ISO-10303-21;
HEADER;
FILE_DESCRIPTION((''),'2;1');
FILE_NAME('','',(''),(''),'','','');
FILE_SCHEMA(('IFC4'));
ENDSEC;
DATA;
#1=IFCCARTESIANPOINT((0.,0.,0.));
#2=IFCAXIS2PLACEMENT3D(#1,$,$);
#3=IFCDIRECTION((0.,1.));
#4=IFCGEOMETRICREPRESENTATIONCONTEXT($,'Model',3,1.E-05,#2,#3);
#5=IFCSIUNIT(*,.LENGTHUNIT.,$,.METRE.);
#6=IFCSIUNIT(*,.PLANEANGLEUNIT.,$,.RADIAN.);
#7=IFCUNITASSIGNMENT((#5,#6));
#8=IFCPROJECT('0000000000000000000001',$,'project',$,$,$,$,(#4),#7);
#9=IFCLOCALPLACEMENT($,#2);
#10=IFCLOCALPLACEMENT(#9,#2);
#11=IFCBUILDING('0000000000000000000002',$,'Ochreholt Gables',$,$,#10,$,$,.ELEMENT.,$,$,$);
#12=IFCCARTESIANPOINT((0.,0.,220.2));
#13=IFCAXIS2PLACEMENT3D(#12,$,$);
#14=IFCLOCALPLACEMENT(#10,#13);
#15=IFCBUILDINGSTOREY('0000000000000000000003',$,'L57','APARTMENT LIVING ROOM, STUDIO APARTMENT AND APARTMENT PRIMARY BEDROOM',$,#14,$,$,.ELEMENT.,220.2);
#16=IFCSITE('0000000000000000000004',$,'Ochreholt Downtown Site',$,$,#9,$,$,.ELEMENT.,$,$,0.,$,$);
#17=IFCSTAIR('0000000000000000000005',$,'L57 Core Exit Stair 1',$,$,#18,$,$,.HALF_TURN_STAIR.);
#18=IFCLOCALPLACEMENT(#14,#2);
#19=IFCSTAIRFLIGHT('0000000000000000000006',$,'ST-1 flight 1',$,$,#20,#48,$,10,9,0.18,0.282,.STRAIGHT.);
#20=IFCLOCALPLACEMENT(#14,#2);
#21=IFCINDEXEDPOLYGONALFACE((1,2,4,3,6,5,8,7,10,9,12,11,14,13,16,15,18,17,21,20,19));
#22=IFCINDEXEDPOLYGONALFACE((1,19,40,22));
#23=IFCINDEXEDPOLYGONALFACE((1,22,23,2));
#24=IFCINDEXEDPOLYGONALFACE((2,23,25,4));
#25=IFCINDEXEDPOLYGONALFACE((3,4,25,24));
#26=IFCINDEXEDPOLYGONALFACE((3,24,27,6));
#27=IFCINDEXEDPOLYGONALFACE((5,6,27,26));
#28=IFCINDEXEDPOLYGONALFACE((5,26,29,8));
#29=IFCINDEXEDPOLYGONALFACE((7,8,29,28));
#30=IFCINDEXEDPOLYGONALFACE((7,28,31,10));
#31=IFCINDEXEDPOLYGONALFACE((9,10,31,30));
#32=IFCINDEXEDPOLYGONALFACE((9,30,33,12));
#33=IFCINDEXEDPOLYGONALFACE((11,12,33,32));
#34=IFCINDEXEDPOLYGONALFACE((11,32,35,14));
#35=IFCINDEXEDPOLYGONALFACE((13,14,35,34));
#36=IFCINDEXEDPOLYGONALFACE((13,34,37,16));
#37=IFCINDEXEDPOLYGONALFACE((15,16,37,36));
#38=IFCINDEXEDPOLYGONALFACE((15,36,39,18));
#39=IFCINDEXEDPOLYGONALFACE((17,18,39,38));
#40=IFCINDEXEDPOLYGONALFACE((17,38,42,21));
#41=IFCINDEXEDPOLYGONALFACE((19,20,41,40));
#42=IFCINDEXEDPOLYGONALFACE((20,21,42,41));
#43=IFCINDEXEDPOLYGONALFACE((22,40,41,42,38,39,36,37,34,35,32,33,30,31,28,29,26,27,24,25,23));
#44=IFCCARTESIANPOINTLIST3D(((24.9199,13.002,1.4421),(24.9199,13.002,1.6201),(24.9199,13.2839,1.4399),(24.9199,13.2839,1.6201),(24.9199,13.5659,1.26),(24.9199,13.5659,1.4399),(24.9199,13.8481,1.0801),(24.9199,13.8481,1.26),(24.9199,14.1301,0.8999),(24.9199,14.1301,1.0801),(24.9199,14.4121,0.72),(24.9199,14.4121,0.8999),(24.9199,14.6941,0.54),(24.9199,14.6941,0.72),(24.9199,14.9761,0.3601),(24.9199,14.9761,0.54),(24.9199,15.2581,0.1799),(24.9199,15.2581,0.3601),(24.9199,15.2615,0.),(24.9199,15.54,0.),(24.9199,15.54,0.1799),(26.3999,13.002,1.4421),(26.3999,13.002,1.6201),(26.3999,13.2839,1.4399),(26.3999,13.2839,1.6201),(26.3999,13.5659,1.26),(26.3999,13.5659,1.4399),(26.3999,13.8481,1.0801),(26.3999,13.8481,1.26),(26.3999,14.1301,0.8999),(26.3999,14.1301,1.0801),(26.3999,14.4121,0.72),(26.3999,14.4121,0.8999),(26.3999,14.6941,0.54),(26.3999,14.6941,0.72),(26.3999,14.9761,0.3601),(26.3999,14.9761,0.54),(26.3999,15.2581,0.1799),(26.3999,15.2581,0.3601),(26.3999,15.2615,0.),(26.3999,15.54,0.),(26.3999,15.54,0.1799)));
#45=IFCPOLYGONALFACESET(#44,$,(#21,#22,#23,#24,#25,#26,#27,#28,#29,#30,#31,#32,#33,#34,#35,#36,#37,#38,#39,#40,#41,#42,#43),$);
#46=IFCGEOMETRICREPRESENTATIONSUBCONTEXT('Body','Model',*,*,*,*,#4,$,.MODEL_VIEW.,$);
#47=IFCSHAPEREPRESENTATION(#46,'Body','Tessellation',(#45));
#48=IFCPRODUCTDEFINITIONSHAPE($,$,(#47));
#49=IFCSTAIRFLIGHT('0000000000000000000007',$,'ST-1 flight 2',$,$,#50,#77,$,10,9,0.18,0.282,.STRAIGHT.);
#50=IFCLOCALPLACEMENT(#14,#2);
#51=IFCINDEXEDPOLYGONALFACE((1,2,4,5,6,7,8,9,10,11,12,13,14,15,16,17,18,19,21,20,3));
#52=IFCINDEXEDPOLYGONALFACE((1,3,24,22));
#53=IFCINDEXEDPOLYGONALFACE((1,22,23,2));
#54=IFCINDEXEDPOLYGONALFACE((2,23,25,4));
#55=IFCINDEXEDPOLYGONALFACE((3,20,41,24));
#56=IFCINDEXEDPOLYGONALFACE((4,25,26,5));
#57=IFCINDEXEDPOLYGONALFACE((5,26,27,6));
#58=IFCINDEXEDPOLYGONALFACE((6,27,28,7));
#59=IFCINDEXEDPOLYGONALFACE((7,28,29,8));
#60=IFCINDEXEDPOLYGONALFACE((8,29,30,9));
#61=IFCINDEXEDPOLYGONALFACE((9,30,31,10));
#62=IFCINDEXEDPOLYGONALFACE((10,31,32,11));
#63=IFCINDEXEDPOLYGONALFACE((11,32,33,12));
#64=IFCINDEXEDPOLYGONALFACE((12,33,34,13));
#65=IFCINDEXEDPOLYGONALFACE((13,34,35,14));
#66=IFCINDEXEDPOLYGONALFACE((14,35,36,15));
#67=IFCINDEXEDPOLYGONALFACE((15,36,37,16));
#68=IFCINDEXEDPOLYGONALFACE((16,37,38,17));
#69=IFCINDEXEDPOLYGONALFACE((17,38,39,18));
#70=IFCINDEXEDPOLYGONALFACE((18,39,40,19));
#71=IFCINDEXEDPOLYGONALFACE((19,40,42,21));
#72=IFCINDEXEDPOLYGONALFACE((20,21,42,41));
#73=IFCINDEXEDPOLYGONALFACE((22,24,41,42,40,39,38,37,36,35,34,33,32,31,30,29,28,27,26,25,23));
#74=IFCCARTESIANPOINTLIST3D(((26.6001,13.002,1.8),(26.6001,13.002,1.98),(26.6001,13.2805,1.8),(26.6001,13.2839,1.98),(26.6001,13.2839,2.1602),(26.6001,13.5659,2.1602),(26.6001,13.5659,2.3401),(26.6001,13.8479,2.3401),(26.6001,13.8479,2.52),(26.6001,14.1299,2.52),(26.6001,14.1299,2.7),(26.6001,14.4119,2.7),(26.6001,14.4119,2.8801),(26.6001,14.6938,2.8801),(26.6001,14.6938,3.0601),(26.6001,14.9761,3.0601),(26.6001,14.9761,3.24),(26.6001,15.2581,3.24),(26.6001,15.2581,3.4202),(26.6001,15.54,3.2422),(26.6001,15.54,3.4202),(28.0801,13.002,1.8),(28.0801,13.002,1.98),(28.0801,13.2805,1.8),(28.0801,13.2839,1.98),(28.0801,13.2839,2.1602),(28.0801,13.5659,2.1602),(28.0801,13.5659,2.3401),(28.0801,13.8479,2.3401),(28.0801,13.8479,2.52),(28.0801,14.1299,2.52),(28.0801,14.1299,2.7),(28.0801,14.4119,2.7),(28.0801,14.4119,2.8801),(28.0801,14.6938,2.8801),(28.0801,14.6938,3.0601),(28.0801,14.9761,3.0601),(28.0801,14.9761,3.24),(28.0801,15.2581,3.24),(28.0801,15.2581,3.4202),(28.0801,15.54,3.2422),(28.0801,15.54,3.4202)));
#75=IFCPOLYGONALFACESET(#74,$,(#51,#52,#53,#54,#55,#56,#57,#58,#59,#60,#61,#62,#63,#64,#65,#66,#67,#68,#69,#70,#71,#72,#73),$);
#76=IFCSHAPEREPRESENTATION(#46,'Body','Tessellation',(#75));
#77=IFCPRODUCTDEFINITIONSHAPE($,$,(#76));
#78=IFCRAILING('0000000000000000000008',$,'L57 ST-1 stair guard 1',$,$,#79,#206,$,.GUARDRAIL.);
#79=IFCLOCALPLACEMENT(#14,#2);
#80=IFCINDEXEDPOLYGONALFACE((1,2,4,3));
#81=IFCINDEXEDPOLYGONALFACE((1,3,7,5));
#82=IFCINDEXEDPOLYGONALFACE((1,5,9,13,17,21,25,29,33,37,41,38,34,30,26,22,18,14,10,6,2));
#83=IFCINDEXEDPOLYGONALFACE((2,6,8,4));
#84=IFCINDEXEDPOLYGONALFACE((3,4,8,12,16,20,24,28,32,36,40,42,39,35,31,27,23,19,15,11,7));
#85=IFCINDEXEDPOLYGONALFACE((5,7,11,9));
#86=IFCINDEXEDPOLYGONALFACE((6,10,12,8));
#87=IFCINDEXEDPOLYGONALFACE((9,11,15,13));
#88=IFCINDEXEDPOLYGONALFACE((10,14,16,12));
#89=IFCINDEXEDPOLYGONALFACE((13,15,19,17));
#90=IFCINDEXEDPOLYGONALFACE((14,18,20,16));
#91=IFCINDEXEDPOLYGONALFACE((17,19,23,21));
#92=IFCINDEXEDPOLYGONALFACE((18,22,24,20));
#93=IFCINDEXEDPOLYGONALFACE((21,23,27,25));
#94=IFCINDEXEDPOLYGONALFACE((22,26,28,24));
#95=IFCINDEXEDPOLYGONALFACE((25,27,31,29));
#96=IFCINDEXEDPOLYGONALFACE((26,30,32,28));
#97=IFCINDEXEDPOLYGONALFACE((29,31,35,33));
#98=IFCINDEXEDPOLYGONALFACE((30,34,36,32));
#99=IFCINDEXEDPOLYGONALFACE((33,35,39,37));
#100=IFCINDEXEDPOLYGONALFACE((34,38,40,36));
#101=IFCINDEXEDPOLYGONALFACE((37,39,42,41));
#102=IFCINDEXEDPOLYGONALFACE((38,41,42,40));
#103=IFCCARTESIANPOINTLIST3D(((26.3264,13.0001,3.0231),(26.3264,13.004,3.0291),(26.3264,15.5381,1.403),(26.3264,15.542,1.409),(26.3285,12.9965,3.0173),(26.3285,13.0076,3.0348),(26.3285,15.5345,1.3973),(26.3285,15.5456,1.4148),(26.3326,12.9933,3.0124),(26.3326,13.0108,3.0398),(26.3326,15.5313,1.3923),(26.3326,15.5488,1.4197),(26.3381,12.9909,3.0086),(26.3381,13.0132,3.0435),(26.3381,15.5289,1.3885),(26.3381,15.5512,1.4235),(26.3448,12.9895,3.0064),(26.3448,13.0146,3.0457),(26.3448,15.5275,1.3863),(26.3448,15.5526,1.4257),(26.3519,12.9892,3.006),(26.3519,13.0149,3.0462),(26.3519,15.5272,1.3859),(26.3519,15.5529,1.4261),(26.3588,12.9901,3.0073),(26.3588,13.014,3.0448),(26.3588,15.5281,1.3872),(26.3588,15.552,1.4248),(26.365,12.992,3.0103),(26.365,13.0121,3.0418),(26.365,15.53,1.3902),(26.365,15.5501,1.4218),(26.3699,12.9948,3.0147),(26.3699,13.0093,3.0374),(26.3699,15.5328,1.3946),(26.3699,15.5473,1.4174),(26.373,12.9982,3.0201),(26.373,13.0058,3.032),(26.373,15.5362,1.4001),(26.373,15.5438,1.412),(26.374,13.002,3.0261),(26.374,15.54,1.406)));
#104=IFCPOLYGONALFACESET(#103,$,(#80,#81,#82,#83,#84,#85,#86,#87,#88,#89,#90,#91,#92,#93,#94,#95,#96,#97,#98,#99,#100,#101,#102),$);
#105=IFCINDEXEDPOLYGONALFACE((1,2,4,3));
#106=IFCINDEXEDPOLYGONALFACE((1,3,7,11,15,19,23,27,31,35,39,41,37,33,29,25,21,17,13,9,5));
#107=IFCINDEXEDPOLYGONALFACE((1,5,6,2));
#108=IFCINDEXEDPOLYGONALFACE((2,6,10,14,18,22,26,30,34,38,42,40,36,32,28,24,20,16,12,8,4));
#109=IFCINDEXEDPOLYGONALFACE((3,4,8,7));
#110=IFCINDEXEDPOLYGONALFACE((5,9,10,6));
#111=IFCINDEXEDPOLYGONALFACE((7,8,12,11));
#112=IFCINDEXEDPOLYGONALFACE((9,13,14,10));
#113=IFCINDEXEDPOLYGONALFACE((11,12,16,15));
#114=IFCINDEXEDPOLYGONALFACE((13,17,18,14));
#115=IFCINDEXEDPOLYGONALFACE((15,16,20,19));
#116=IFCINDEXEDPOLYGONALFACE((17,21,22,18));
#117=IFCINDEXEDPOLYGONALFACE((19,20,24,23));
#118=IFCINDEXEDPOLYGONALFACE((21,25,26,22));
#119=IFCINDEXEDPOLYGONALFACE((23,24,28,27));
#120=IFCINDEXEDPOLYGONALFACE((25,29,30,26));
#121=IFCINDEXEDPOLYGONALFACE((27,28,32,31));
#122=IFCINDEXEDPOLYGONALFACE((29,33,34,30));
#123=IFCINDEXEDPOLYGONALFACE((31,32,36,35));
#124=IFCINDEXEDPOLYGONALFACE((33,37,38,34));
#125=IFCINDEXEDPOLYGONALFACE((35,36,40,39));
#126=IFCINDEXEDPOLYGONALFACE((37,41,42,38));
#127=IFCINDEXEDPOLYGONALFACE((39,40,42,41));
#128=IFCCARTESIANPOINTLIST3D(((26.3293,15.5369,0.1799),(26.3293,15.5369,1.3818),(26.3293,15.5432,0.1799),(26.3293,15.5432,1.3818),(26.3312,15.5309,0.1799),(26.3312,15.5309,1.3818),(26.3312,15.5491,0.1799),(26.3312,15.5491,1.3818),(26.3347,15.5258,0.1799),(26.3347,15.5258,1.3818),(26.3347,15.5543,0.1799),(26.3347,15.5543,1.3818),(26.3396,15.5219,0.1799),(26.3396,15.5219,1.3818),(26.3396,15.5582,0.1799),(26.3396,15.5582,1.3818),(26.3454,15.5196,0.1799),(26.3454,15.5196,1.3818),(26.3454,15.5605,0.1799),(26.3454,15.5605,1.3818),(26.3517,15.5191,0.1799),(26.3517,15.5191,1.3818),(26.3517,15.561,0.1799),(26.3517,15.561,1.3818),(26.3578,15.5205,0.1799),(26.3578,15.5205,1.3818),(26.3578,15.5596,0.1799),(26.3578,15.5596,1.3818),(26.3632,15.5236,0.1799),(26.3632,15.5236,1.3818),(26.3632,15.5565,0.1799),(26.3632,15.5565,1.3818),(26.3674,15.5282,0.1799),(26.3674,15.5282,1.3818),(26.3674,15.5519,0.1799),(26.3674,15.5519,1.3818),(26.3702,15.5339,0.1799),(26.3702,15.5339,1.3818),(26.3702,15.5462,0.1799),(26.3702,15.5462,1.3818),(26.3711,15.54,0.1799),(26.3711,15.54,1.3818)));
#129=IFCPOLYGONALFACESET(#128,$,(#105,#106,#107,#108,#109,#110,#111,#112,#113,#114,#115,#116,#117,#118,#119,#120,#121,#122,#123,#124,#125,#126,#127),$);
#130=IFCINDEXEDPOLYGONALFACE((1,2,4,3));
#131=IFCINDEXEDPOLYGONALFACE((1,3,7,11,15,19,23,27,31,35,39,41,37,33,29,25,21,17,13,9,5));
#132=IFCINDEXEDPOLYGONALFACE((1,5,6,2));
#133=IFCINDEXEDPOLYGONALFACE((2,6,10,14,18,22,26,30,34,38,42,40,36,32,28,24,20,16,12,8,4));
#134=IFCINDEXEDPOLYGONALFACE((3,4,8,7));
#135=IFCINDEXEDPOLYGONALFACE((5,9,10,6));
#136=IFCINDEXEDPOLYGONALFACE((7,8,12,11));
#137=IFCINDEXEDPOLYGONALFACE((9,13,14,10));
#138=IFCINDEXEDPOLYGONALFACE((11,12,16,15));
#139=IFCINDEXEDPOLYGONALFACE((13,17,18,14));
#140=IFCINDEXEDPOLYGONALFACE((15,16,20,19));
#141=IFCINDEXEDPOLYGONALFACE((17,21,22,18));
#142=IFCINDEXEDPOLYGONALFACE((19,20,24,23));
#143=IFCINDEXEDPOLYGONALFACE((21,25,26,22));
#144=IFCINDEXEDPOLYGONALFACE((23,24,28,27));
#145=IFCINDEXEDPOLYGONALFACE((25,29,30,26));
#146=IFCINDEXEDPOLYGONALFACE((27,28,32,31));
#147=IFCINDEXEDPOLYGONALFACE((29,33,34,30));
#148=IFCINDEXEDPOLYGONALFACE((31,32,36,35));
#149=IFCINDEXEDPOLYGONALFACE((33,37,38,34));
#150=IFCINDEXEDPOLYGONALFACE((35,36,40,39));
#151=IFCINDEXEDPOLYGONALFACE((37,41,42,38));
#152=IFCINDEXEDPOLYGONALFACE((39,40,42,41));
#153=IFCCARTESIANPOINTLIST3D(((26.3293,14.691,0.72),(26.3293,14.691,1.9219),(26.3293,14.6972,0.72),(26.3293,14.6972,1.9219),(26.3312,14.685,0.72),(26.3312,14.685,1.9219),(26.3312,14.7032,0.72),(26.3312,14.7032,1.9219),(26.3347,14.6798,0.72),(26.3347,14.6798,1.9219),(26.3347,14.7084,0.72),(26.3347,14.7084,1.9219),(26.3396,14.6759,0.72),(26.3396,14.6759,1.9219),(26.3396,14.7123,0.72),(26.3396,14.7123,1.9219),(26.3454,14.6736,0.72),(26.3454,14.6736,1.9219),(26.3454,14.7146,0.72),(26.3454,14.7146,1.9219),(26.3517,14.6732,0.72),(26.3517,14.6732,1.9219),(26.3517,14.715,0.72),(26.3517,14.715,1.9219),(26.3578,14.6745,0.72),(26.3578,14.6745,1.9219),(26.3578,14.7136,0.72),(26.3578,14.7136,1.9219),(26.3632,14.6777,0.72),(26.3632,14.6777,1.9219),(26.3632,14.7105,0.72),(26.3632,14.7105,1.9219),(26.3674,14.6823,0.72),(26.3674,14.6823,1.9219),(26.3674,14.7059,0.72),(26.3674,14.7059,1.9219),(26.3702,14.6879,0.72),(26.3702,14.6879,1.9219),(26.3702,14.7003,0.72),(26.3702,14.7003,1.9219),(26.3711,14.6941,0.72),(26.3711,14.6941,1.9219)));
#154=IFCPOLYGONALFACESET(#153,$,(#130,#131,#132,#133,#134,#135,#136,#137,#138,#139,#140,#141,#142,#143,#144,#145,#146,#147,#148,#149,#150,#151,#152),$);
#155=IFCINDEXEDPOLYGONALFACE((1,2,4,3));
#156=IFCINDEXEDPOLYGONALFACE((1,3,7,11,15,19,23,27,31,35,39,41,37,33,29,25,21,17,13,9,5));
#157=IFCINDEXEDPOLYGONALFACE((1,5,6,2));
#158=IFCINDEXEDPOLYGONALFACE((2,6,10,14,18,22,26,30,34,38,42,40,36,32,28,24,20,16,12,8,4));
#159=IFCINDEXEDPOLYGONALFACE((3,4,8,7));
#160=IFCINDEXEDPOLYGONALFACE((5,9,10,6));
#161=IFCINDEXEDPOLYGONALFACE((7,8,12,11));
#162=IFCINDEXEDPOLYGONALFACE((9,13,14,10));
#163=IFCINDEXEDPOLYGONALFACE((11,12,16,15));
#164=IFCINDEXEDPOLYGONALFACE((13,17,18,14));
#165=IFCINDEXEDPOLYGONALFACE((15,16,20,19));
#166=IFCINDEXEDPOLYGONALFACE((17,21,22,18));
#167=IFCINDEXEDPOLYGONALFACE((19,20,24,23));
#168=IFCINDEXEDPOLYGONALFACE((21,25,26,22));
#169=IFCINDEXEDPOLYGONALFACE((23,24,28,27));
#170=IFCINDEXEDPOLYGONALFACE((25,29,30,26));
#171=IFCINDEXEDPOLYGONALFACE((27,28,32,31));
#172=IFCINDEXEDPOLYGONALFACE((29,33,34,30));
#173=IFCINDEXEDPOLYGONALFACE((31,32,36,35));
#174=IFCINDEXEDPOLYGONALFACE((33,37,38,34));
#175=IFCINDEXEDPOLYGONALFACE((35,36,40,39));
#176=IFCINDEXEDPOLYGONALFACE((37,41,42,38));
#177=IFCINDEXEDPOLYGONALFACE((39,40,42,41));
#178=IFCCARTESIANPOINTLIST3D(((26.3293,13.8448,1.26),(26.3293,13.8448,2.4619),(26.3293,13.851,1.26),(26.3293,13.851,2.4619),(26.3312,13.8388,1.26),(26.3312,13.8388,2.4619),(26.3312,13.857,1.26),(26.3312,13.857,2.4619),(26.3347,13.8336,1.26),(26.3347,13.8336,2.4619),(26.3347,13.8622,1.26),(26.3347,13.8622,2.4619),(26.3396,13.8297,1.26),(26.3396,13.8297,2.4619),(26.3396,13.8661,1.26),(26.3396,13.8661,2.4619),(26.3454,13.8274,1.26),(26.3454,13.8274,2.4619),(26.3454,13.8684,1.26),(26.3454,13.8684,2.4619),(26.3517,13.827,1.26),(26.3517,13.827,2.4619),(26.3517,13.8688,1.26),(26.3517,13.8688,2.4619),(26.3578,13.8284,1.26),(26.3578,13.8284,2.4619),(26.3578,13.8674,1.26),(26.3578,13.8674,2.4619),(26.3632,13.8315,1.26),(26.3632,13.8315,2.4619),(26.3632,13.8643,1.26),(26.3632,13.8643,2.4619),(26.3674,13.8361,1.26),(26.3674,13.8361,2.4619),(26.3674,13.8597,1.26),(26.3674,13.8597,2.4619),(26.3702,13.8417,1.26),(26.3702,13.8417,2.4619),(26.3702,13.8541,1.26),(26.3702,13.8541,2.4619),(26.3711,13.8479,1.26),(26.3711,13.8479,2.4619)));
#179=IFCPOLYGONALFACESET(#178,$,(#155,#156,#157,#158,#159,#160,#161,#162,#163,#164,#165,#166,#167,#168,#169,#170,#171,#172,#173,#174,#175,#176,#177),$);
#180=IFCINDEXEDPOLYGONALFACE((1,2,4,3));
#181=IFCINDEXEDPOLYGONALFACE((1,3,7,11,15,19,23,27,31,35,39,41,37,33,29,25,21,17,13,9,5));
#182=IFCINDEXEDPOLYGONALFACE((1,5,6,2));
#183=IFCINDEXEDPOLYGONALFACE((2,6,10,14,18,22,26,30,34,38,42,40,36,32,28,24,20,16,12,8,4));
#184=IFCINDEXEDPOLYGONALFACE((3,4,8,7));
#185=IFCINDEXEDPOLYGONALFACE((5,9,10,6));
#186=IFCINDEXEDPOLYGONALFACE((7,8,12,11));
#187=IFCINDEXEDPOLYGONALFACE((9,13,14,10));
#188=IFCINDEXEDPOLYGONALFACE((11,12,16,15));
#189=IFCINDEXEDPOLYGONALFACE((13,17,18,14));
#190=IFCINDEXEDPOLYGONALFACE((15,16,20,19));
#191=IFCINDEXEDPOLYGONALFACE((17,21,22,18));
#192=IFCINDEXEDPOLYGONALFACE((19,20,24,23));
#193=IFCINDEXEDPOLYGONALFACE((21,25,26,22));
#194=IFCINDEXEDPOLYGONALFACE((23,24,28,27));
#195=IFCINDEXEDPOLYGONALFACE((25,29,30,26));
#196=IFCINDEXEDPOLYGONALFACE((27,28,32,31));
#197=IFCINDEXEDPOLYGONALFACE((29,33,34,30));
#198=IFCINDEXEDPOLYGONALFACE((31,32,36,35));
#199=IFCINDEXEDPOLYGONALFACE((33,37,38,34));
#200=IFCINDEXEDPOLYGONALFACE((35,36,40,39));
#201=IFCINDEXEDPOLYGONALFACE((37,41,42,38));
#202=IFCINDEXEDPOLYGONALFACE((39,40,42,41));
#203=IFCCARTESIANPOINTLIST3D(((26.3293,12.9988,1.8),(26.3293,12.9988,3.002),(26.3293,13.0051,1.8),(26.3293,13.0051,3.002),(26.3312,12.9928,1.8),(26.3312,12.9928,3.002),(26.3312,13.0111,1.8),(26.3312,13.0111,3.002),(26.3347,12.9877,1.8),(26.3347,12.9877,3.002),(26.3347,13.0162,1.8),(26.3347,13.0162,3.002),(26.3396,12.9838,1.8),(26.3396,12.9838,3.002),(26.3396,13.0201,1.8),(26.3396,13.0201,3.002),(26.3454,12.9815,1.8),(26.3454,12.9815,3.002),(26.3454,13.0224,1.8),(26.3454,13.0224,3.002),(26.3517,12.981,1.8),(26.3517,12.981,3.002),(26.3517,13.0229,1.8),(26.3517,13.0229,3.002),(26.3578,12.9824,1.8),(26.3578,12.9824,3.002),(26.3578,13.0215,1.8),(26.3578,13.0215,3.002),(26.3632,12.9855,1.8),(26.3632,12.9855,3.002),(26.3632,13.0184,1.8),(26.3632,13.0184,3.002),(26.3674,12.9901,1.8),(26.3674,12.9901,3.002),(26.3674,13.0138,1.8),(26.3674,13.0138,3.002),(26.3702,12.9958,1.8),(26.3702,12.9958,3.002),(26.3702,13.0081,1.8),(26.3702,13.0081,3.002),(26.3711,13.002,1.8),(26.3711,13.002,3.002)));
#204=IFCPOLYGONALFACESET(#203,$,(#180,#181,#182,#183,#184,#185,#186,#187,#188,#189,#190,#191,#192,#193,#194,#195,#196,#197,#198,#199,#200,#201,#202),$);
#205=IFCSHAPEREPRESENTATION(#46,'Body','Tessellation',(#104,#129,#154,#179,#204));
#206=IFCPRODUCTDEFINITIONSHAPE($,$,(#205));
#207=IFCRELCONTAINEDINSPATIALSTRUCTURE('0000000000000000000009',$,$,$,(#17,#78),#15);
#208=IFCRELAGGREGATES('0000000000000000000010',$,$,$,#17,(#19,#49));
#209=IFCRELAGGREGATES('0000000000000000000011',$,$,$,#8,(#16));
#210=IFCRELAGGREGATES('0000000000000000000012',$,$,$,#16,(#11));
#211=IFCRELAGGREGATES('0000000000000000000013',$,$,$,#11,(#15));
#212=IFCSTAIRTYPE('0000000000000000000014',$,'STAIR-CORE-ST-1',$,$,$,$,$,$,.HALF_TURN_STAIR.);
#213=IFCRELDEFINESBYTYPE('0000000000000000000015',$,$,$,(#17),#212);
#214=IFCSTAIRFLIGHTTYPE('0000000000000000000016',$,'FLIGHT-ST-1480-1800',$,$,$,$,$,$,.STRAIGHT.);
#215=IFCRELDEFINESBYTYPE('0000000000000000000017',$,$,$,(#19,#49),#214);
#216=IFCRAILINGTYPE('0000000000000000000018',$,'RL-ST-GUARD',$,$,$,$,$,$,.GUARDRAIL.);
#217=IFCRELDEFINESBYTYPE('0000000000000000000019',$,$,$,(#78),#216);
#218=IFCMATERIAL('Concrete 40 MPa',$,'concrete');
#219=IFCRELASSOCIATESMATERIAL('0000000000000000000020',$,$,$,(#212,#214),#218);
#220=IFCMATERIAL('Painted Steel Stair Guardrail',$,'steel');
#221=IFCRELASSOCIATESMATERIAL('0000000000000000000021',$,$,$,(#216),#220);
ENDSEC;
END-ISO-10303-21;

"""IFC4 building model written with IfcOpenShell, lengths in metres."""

from ifc_helpers import new_model, si_unit, direction, frame, origin, origin_2d, place, context, subcontext, project, spatial, polyline, circle, outline, extrude, material, type_object, element, aggregate, save


model = new_model("IFC4")

# Units and contexts
model_context = context("Model", 3, precision=1e-05, world=origin(), true_north=direction((0.0, 1.0)))
body_context = subcontext(model_context, "Body", "Model", "MODEL_VIEW")
ifc_project = project(units=[si_unit("LENGTHUNIT", "METRE"), si_unit("PLANEANGLEUNIT", "RADIAN")], contexts=[model_context])

# Site, building, storey
site_placement = place(None, origin())
site = spatial("IfcSite", under=ifc_project, at=site_placement, Name="Ochreholt Downtown Site", CompositionType="ELEMENT", RefElevation=0.0)
building_placement = place(site_placement, origin())
building = spatial("IfcBuilding", under=site, at=building_placement, Name="Ochreholt Gables", CompositionType="ELEMENT")
storey_placement = place(building_placement, frame((0.0, 0.0, 220.2)))
storey = spatial("IfcBuildingStorey", under=building, at=storey_placement, Name="L57", Description="APARTMENT LIVING ROOM, STUDIO APARTMENT AND APARTMENT PRIMARY BEDROOM", CompositionType="ELEMENT", Elevation=220.2)

# Shared definitions
ifc_material_1 = material(Name="Concrete 40 MPa", Category="concrete")

# Stair, stair flights
stair_type = type_object("IfcStairType", Name="STAIR-CORE-ST-1", PredefinedType="HALF_TURN_STAIR", material=ifc_material_1)
stair_placement = place(storey_placement, origin())
stair = element("IfcStair", 1, at=stair_placement, inside=storey, type_object=stair_type, Name="L57 Core Exit Stair 1", PredefinedType="HALF_TURN_STAIR")
stair_flight_type = type_object("IfcStairFlightType", Name="FLIGHT-ST-1480-1800", PredefinedType="STRAIGHT", material=ifc_material_1)
stair_flight_1_placement = place(storey_placement, frame((25.6599, 15.54, 0.0), z_axis=(0.0, 0.0, 1.0), x_axis=(0.0, -1.0, 0.0)))
stair_flight_1 = element("IfcStairFlight", 2, at=stair_flight_1_placement, type_object=stair_flight_type, Name="ST-1 flight 1", NumberOfRisers=10, NumberOfTreads=9, PredefinedType="STRAIGHT", RiserHeight=0.18, TreadLength=0.282, context=body_context, shape_type="SweptSolid", body=[
    extrude(outline(polyline([(0.0, 0.0), (0.0, 0.1799), (0.282, 0.1799), (0.282, 0.3601), (0.564, 0.3601), (0.564, 0.54), (0.8459, 0.54), (0.8459, 0.72), (1.1279, 0.72), (1.1279, 0.8999), (1.4099, 0.8999), (1.4099, 1.0801), (1.6919, 1.0801), (1.6919, 1.26), (1.9741, 1.26), (1.9741, 1.4399), (2.2561, 1.4399), (2.2561, 1.6201), (2.5381, 1.6201), (2.5381, 1.8), (2.5381, 1.4421), (0.2786, 0.0), (0.0, 0.0)])), frame((0.0, 0.74, 0.0), z_axis=(0.0, -1.0, 0.0), x_axis=(1.0, 0.0, 0.0)), (0.0, 0.0, 1.0), 1.48),
])
stair_flight_2_placement = place(storey_placement, frame((27.3401, 13.002, 1.8), z_axis=(0.0, 0.0, 1.0), x_axis=(0.0, 1.0, 0.0)))
stair_flight_2 = element("IfcStairFlight", 3, at=stair_flight_2_placement, type_object=stair_flight_type, Name="ST-1 flight 2", NumberOfRisers=10, NumberOfTreads=9, PredefinedType="STRAIGHT", RiserHeight=0.18, TreadLength=0.282, context=body_context, shape_type="SweptSolid", body=[
    extrude(outline(polyline([(0.0, 0.0), (0.0, 0.1799), (0.282, 0.1799), (0.282, 0.3601), (0.564, 0.3601), (0.564, 0.54), (0.8459, 0.54), (0.8459, 0.72), (1.1279, 0.72), (1.1279, 0.8999), (1.4099, 0.8999), (1.4099, 1.0801), (1.6919, 1.0801), (1.6919, 1.26), (1.9741, 1.26), (1.9741, 1.4399), (2.2561, 1.4399), (2.2561, 1.6201), (2.5381, 1.6201), (2.5381, 1.8), (2.5381, 1.4421), (0.2786, 0.0), (0.0, 0.0)])), frame((0.0, 0.74, 0.0), z_axis=(0.0, -1.0, 0.0), x_axis=(1.0, 0.0, 0.0)), (0.0, 0.0, 1.0), 1.48),
])
aggregate(stair, [stair_flight_1, stair_flight_2])

# Railing
ifc_material_2 = material(Name="Painted Steel Stair Guardrail", Category="steel")
railing_type_1 = type_object("IfcRailingType", Name="RL-ST-GUARD", PredefinedType="GUARDRAIL", material=ifc_material_2)
railing_1_placement = place(storey_placement, frame((26.3501, 15.54, 0.1799)))
element("IfcRailing", 4, at=railing_1_placement, inside=storey, type_object=railing_type_1, Name="L57 ST-1 stair guard 1", PredefinedType="GUARDRAIL", context=body_context, shape_type="SweptSolid", body=[
    extrude(circle(Radius=0.0239, at=origin_2d()), frame((0.0, 0.0, 1.2261), z_axis=(0.0, -0.842913, 0.53805), x_axis=(1.0, 0.0, 0.0)), (0.0, 0.0, 1.0), 3.011),
    extrude(circle(Radius=0.021, at=origin_2d()), origin(), (0.0, 0.0, 1.0), 1.2019),
    extrude(circle(Radius=0.021, at=origin_2d()), frame((0.0, -0.8459, 0.54)), (0.0, 0.0, 1.0), 1.2019),
    extrude(circle(Radius=0.021, at=origin_2d()), frame((0.0, -1.6921, 1.0801)), (0.0, 0.0, 1.0), 1.2019),
    extrude(circle(Radius=0.021, at=origin_2d()), frame((0.0, -2.5381, 1.6201)), (0.0, 0.0, 1.0), 1.2019),
])

save(model, "model.ifc")
